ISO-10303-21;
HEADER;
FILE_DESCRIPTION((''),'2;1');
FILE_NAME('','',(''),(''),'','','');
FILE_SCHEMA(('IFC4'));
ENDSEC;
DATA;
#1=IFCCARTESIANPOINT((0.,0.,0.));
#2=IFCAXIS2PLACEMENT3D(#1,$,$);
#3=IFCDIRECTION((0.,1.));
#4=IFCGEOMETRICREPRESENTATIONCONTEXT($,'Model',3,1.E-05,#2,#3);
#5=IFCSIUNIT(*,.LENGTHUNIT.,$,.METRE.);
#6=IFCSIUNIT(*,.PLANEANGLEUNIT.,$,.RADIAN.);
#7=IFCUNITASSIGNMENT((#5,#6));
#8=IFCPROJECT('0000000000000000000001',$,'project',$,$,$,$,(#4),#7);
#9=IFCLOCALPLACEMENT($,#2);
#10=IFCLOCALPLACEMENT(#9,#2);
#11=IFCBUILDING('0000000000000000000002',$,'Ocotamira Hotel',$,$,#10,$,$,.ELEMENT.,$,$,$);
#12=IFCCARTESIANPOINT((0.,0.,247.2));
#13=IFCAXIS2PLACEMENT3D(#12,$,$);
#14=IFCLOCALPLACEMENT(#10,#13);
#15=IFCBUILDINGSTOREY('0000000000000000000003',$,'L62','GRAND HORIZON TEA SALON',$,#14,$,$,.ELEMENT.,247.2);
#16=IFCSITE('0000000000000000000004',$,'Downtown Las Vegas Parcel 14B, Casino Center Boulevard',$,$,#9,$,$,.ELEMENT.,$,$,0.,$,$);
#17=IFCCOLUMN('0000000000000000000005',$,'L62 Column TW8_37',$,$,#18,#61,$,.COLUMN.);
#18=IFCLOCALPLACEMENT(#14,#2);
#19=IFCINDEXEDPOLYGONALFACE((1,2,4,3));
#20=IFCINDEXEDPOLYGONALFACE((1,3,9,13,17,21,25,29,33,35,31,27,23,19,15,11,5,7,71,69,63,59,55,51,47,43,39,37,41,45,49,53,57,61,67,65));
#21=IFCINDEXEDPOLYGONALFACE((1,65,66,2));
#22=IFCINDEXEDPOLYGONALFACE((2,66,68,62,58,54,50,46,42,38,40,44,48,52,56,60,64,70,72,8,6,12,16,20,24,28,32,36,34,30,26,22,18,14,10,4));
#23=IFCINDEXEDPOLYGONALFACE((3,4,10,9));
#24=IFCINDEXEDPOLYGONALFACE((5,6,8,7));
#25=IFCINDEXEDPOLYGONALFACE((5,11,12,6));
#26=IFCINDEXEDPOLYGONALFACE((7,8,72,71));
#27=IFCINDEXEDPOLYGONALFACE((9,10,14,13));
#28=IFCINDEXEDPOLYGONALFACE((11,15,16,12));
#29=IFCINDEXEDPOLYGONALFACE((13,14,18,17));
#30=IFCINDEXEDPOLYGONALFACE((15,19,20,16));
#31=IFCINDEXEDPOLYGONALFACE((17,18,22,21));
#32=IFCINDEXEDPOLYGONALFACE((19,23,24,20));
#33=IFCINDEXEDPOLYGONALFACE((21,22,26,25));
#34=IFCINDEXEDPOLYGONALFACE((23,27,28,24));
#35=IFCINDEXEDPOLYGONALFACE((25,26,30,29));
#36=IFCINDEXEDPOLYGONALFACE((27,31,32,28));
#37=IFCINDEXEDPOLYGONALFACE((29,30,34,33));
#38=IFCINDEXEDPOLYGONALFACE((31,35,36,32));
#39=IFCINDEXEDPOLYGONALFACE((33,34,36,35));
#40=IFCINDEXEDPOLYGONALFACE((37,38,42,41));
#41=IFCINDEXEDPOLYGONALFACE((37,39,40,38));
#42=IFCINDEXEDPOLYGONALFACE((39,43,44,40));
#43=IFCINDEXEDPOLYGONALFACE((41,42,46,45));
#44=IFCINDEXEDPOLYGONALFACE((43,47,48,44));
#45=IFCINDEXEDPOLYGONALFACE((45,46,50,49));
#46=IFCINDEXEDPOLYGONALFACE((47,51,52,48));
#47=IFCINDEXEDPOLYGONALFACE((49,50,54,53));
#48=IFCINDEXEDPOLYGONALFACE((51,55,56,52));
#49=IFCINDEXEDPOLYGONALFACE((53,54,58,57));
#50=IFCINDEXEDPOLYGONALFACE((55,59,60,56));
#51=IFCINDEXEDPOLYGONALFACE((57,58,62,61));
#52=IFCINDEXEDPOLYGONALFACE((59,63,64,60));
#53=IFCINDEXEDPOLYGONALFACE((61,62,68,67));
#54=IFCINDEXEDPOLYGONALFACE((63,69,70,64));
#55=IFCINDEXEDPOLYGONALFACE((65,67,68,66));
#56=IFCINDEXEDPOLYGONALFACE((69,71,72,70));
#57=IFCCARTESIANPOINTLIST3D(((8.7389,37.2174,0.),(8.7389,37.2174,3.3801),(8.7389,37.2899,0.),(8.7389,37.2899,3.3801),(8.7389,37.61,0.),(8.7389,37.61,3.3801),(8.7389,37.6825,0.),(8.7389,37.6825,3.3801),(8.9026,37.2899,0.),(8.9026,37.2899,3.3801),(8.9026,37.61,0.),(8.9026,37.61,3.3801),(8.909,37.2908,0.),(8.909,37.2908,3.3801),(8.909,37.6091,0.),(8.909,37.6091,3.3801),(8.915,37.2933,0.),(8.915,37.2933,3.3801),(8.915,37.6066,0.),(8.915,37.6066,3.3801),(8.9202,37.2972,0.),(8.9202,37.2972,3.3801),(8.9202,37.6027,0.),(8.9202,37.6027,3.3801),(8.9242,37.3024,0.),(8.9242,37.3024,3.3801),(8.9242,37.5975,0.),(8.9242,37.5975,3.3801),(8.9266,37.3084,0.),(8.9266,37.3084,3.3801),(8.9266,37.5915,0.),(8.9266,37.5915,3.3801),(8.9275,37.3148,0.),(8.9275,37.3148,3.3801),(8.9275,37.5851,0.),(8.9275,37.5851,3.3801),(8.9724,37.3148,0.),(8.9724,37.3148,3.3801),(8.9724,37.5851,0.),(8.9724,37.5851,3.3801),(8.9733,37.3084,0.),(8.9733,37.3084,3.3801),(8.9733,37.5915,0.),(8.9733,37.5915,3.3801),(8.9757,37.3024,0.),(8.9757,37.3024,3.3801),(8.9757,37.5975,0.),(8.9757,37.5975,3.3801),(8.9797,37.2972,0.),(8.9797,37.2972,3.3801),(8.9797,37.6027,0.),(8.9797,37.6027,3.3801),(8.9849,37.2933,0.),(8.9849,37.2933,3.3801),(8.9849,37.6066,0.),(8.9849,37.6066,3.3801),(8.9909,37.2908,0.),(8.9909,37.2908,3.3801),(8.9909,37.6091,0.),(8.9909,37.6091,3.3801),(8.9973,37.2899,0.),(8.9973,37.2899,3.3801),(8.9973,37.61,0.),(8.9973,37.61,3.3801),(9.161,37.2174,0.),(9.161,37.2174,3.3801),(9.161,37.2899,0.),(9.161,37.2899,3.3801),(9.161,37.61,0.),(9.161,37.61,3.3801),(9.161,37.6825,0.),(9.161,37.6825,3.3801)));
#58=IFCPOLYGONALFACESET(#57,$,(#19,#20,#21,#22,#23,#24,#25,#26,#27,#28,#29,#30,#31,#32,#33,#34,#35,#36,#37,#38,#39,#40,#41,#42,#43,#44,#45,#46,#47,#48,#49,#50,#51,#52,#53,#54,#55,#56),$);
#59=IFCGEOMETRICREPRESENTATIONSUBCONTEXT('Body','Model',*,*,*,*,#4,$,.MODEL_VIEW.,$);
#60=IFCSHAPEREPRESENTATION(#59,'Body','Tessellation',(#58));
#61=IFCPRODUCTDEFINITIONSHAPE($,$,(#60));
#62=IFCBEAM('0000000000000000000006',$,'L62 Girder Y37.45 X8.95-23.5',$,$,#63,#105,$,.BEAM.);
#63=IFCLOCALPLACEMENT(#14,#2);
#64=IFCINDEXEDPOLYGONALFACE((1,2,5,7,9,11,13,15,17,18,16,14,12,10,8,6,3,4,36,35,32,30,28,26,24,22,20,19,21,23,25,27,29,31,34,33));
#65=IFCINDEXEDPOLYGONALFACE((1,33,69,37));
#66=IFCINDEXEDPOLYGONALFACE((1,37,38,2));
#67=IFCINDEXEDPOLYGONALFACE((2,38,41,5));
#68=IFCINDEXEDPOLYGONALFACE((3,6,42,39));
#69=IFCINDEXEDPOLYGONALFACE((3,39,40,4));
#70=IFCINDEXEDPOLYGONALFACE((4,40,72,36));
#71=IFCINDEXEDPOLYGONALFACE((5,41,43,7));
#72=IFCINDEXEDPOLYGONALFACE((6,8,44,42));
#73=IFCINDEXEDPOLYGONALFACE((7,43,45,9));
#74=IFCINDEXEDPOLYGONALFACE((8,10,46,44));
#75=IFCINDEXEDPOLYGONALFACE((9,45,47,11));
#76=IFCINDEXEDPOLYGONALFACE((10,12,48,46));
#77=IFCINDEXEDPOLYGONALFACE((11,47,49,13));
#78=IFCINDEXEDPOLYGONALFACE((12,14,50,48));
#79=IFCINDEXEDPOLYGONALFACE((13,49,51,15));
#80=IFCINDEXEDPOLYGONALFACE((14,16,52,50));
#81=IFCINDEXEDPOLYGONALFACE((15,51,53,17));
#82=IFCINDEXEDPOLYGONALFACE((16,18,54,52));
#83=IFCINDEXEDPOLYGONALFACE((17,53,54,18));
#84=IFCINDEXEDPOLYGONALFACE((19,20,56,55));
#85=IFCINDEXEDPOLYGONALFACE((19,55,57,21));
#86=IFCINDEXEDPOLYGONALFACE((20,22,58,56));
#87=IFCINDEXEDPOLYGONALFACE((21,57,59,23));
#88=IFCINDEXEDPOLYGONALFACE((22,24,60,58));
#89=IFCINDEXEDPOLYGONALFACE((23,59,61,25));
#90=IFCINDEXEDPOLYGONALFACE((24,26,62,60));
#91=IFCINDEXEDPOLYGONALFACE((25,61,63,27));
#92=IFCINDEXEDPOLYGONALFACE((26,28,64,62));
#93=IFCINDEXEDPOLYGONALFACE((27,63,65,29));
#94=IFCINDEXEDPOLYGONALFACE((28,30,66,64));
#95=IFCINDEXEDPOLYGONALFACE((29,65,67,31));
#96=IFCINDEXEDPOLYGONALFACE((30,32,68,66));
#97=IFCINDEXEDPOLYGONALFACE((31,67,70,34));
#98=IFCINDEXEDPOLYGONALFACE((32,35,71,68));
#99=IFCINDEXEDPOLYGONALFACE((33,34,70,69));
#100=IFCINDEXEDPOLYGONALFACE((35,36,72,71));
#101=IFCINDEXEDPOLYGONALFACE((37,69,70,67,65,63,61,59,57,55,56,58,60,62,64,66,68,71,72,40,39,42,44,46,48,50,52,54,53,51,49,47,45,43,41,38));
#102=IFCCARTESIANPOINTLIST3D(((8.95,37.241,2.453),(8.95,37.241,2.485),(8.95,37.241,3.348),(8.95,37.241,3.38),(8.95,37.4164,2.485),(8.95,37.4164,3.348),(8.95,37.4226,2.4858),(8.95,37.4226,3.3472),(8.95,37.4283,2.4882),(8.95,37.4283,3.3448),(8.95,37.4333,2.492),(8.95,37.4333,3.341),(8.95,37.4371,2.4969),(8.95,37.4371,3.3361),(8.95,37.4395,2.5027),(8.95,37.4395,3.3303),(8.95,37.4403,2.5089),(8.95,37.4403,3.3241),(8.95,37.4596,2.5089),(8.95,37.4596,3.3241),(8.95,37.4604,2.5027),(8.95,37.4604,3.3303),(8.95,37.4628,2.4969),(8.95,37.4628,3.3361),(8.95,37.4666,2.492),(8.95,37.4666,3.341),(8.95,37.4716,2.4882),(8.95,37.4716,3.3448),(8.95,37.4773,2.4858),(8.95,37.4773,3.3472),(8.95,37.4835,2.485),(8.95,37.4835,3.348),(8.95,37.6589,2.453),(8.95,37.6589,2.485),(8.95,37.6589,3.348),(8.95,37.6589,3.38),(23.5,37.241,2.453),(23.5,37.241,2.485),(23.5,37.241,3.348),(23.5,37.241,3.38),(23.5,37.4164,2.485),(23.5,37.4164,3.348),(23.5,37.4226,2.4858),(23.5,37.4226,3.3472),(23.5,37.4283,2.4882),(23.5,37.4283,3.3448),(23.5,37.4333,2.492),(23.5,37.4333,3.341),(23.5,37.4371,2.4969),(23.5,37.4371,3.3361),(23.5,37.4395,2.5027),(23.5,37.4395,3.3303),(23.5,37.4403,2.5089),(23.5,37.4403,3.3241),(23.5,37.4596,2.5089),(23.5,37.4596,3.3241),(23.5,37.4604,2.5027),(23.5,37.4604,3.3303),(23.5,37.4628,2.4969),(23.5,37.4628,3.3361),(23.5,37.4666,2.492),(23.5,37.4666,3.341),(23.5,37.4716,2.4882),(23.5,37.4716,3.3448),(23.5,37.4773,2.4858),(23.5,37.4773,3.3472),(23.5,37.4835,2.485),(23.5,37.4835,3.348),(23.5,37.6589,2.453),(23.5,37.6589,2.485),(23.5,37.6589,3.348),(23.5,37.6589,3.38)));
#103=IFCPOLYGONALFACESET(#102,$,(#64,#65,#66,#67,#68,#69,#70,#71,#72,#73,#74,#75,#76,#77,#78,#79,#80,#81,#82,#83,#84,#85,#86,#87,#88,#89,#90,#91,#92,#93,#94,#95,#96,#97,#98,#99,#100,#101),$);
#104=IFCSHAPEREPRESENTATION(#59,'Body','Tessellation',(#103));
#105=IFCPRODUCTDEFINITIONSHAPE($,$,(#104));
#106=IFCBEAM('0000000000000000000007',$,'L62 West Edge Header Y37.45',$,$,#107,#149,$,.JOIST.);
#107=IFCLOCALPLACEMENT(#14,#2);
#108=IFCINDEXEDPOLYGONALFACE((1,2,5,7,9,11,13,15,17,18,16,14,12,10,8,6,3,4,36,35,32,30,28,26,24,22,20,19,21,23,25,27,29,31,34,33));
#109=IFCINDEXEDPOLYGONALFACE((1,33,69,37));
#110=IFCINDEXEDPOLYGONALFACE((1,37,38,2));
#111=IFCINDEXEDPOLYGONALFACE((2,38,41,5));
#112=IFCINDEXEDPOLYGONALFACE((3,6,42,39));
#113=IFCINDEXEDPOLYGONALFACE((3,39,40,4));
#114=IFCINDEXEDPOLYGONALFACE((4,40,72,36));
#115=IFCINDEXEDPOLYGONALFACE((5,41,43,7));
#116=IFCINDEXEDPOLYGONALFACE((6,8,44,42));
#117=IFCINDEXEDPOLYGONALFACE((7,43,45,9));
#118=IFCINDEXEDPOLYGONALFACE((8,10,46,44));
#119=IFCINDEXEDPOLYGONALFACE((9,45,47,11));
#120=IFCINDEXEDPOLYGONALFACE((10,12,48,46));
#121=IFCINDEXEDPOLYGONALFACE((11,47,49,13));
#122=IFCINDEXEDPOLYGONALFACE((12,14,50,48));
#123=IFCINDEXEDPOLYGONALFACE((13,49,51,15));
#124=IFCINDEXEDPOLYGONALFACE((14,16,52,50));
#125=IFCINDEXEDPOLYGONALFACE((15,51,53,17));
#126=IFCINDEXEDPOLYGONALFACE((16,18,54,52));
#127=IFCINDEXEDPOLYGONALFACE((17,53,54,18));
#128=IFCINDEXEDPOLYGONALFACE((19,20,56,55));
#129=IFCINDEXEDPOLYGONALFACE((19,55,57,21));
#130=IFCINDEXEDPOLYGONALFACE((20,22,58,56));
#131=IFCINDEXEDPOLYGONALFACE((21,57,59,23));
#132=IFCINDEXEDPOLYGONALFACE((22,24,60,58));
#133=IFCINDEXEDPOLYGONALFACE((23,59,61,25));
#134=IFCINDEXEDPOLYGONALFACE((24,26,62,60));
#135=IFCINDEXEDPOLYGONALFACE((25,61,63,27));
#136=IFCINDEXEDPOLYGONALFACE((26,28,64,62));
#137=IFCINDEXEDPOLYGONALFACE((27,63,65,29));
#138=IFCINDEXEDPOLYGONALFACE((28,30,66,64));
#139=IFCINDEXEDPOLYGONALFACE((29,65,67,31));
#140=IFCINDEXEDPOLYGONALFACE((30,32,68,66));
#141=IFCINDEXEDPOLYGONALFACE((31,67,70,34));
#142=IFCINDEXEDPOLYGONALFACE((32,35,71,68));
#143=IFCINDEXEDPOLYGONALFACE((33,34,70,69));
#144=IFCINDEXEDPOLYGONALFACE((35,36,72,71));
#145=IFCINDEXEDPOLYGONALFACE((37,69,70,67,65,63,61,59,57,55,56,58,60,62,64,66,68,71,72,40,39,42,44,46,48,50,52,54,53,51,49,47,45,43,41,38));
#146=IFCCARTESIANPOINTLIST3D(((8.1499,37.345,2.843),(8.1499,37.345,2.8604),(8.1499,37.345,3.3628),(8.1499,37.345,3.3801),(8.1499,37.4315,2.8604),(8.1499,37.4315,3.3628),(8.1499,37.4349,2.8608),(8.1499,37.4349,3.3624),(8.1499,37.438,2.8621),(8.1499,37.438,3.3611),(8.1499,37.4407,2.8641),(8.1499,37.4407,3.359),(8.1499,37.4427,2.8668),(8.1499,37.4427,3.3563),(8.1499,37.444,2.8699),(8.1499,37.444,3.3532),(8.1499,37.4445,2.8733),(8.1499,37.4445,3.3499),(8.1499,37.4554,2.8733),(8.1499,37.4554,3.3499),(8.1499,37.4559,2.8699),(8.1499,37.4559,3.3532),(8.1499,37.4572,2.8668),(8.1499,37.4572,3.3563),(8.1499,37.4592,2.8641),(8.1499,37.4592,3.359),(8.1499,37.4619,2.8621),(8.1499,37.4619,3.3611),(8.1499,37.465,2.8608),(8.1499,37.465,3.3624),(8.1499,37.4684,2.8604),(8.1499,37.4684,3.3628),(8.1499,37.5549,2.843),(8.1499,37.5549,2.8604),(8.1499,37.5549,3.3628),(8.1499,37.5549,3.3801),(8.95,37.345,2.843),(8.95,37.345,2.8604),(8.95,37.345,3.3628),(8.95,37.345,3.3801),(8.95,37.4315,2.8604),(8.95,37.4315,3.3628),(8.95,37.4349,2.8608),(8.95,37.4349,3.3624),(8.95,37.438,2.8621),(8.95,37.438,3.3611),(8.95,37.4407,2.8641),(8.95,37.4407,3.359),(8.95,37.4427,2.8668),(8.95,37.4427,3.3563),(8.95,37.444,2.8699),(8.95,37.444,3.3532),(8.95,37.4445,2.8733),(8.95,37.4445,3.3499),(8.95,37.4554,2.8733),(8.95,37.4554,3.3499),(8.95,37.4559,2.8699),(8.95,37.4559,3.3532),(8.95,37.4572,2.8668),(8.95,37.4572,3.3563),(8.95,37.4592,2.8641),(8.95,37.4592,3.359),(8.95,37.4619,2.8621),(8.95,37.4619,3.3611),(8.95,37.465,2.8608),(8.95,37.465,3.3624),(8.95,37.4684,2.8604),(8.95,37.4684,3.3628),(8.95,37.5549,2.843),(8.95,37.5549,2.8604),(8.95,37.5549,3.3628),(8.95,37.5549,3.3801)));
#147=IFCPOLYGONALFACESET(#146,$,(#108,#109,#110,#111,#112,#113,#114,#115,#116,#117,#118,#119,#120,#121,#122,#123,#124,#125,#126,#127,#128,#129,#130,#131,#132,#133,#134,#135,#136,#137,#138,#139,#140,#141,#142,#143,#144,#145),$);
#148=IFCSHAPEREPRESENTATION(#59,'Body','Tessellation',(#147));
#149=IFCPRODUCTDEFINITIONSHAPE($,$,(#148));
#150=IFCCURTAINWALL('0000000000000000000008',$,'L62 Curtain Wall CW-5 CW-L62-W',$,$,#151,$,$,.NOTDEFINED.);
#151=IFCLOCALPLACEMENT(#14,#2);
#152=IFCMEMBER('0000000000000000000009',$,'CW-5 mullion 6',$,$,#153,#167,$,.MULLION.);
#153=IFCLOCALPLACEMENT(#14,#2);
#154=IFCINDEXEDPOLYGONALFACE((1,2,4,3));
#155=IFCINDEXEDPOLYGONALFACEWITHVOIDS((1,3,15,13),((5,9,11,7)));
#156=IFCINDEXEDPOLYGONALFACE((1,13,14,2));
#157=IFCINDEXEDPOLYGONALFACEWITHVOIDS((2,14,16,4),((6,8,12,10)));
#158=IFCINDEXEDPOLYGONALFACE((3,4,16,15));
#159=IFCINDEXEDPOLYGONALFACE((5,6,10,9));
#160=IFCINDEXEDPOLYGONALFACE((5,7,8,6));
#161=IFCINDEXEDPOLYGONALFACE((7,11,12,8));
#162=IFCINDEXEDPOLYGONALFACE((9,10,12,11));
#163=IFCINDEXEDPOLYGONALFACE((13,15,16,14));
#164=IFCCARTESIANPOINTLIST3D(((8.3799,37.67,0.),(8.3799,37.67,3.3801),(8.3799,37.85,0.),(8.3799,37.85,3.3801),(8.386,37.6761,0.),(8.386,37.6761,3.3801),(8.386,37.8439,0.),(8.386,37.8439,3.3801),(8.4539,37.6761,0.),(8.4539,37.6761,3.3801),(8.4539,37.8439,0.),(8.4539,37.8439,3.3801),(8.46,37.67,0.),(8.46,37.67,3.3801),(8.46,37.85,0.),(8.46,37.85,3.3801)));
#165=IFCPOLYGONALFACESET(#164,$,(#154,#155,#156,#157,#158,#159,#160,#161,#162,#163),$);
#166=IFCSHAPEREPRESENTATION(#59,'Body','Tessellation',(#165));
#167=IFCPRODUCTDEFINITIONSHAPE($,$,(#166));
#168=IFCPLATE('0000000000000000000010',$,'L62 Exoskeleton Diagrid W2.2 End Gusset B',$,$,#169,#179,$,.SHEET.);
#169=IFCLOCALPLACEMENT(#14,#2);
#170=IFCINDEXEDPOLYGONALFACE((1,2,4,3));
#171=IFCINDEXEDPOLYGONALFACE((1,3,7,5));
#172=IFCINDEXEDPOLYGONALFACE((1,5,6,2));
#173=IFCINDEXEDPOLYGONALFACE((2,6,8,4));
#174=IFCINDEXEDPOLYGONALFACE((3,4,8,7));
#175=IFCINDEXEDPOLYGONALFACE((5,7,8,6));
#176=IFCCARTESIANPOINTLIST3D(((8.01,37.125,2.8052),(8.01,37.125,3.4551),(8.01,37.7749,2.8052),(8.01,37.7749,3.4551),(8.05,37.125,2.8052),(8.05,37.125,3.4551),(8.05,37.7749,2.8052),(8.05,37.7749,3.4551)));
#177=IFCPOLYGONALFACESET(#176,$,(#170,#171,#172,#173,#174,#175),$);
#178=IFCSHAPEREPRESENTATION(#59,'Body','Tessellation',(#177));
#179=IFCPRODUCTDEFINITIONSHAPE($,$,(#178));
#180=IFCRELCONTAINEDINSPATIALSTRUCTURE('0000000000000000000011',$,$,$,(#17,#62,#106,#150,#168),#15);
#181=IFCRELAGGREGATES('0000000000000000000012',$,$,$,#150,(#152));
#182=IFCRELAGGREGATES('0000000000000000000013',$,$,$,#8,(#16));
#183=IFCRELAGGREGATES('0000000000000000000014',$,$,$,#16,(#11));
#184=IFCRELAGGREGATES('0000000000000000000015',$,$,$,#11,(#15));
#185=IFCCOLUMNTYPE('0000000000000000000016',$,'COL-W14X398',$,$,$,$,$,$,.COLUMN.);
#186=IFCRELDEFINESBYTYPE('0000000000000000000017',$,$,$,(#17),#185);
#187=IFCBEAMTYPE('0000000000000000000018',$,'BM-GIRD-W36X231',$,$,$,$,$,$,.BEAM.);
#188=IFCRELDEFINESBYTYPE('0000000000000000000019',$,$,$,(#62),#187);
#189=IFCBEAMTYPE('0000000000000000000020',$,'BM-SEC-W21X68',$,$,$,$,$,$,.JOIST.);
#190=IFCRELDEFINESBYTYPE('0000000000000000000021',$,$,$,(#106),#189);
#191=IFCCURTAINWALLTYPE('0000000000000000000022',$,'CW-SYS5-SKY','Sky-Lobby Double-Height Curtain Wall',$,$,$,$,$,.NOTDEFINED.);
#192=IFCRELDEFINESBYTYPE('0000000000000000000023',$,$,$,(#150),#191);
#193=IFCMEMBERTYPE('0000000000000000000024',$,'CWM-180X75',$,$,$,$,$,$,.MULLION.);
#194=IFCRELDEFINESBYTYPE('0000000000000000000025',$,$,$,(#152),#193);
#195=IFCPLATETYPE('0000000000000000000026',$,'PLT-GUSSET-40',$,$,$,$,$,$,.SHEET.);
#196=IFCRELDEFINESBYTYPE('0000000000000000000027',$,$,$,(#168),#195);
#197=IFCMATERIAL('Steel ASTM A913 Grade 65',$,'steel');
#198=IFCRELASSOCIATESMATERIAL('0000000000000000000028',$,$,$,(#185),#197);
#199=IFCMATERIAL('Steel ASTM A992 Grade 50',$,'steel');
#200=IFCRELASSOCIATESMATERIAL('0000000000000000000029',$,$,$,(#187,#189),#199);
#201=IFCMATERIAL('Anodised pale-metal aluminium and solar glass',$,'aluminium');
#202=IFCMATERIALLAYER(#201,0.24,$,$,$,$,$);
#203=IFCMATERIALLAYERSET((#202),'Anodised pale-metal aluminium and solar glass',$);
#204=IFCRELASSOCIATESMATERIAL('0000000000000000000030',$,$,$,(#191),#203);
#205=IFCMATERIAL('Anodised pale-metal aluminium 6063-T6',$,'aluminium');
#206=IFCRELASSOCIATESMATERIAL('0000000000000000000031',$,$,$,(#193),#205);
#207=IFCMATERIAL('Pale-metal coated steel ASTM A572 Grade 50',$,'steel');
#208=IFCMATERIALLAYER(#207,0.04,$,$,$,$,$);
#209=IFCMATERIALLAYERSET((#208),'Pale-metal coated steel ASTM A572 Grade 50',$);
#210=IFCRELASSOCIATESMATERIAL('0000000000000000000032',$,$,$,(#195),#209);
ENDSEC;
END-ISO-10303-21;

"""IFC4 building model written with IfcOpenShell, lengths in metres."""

from ifc_helpers import new_model, si_unit, direction, frame, origin, origin_2d, place, context, subcontext, project, spatial, rectangle, hollow_rectangle, i_section, extrude, source, transform, mapped, material, layer, layer_set, material_profile, profile_set, type_object, element, aggregate, save


model = new_model("IFC4")

# Units and contexts
model_context = context("Model", 3, precision=1e-05, world=origin(), true_north=direction((0.0, 1.0)))
body_context = subcontext(model_context, "Body", "Model", "MODEL_VIEW")
ifc_project = project(units=[si_unit("LENGTHUNIT", "METRE"), si_unit("PLANEANGLEUNIT", "RADIAN")], contexts=[model_context])

# Site, building, storey
site_placement = place(None, origin())
site = spatial("IfcSite", under=ifc_project, at=site_placement, Name="Downtown Las Vegas Parcel 14B, Casino Center Boulevard", CompositionType="ELEMENT", RefElevation=0.0)
building_placement = place(site_placement, origin())
building = spatial("IfcBuilding", under=site, at=building_placement, Name="Ocotamira Hotel", CompositionType="ELEMENT")
storey_placement = place(building_placement, frame((0.0, 0.0, 247.2)))
storey = spatial("IfcBuildingStorey", under=building, at=storey_placement, Name="L62", Description="GRAND HORIZON TEA SALON", CompositionType="ELEMENT", Elevation=247.2)

# Column
ifc_material_1 = material(Name="Steel ASTM A913 Grade 65", Category="steel")
ifc_material_profile_1 = material_profile(ifc_material_1, i_section(OverallWidth=0.4221, OverallDepth=0.4651, WebThickness=0.0449, FlangeThickness=0.0725, FilletRadius=0.0249, at=origin_2d()), Name="W14X398")
ifc_profile_set_1 = profile_set([ifc_material_profile_1], Name="Steel ASTM A913 Grade 65")
column_type = type_object("IfcColumnType", Name="COL-W14X398", PredefinedType="COLUMN", material=ifc_profile_set_1)
shared_shape_1 = source(origin(), body_context, "Body", "SweptSolid", [
    extrude(i_section(OverallWidth=0.4221, OverallDepth=0.4651, WebThickness=0.0449, FlangeThickness=0.0725, FilletRadius=0.0249, at=origin_2d()), origin(), (0.0, 0.0, 1.0), 3.3801),
])
column_placement = place(storey_placement, frame((8.95, 37.45, 0.0), z_axis=(0.0, 0.0, 1.0), x_axis=(1.0, 0.0, 0.0)))
element("IfcColumn", 1, at=column_placement, inside=storey, type_object=column_type, Name="L62 Column TW8_37", PredefinedType="COLUMN", context=body_context, shape_type="MappedRepresentation", body=[
    mapped(shared_shape_1, transform((0.0, 0.0, 0.0), scale=1.0)),
])

# Beams
ifc_material_2 = material(Name="Steel ASTM A992 Grade 50", Category="steel")
ifc_material_profile_2 = material_profile(ifc_material_2, i_section(OverallWidth=0.418, OverallDepth=0.927, WebThickness=0.0193, FlangeThickness=0.032, FilletRadius=0.0239, at=origin_2d()), Name="W36X231")
ifc_profile_set_2 = profile_set([ifc_material_profile_2], Name="Steel ASTM A992 Grade 50")
beam_type_1 = type_object("IfcBeamType", Name="BM-GIRD-W36X231", PredefinedType="BEAM", material=ifc_profile_set_2)
shared_shape_2 = source(origin(), body_context, "Body", "SweptSolid", [
    extrude(i_section(OverallWidth=0.418, OverallDepth=0.927, WebThickness=0.0193, FlangeThickness=0.032, FilletRadius=0.0239, at=origin_2d()), origin(), (0.0, 0.0, 1.0), 14.55),
])
beam_1_placement = place(storey_placement, frame((8.95, 37.45, 2.9165), z_axis=(1.0, 0.0, 0.0), x_axis=(0.0, 1.0, 0.0)))
element("IfcBeam", 2, at=beam_1_placement, inside=storey, type_object=beam_type_1, Name="L62 Girder Y37.45 X8.95-23.5", PredefinedType="BEAM", context=body_context, shape_type="MappedRepresentation", body=[
    mapped(shared_shape_2, transform((0.0, 0.0, 0.0), scale=1.0)),
])
ifc_material_profile_3 = material_profile(ifc_material_2, i_section(OverallWidth=0.21, OverallDepth=0.5371, WebThickness=0.011, FlangeThickness=0.0173, FilletRadius=0.0129, at=origin_2d()), Name="W21X68")
ifc_profile_set_3 = profile_set([ifc_material_profile_3], Name="Steel ASTM A992 Grade 50")
beam_type_2 = type_object("IfcBeamType", Name="BM-SEC-W21X68", PredefinedType="JOIST", material=ifc_profile_set_3)
shared_shape_3 = source(origin(), body_context, "Body", "SweptSolid", [
    extrude(i_section(OverallWidth=0.21, OverallDepth=0.5371, WebThickness=0.011, FlangeThickness=0.0173, FilletRadius=0.0129, at=origin_2d()), origin(), (0.0, 0.0, 1.0), 0.8),
])
beam_2_placement = place(storey_placement, frame((8.95, 37.45, 3.1116), z_axis=(-1.0, 0.0, 0.0), x_axis=(0.0, -1.0, 0.0)))
element("IfcBeam", 3, at=beam_2_placement, inside=storey, type_object=beam_type_2, Name="L62 West Edge Header Y37.45", PredefinedType="JOIST", context=body_context, shape_type="MappedRepresentation", body=[
    mapped(shared_shape_3, transform((0.0, 0.0, 0.0), scale=1.0)),
])

# Curtain wall, member
ifc_material_3 = material(Name="Anodised pale-metal aluminium and solar glass", Category="aluminium")
ifc_layer_1 = layer(ifc_material_3, 0.24)
ifc_layer_set_1 = layer_set([ifc_layer_1], Name="Anodised pale-metal aluminium and solar glass")
curtain_wall_type = type_object("IfcCurtainWallType", Name="CW-SYS5-SKY", Description="Sky-Lobby Double-Height Curtain Wall", PredefinedType="NOTDEFINED", material=ifc_layer_set_1)
curtain_wall_placement = place(storey_placement, origin())
curtain_wall = element("IfcCurtainWall", 4, at=curtain_wall_placement, inside=storey, type_object=curtain_wall_type, Name="L62 Curtain Wall CW-5 CW-L62-W", PredefinedType="NOTDEFINED")
ifc_material_4 = material(Name="Anodised pale-metal aluminium 6063-T6", Category="aluminium")
ifc_material_profile_4 = material_profile(ifc_material_4, hollow_rectangle(XDim=0.0801, YDim=0.1799, WallThickness=0.0061, at=origin_2d()), Name="HSS180X80X6")
ifc_profile_set_4 = profile_set([ifc_material_profile_4], Name="Anodised pale-metal aluminium 6063-T6")
member_type = type_object("IfcMemberType", Name="CWM-180X75", PredefinedType="MULLION", material=ifc_profile_set_4)
shared_shape_4 = source(origin(), body_context, "Body", "SweptSolid", [
    extrude(hollow_rectangle(XDim=0.0801, YDim=0.1799, WallThickness=0.0061, at=origin_2d()), origin(), (0.0, 0.0, 1.0), 3.3801),
])
member_placement = place(storey_placement, frame((8.4199, 37.76, 0.0), z_axis=(0.0, 0.0, 1.0), x_axis=(-1.0, 0.0, 0.0)))
member = element("IfcMember", 5, at=member_placement, type_object=member_type, Name="CW-5 mullion 6", PredefinedType="MULLION", context=body_context, shape_type="MappedRepresentation", body=[
    mapped(shared_shape_4, transform((0.0, 0.0, 0.0), scale=1.0)),
])

# Plate
ifc_material_5 = material(Name="Pale-metal coated steel ASTM A572 Grade 50", Category="steel")
ifc_layer_2 = layer(ifc_material_5, 0.04)
ifc_layer_set_2 = layer_set([ifc_layer_2], Name="Pale-metal coated steel ASTM A572 Grade 50")
plate_type_1 = type_object("IfcPlateType", Name="PLT-GUSSET-40", PredefinedType="SHEET", material=ifc_layer_set_2)
shared_shape_5 = source(origin(), body_context, "Body", "SweptSolid", [
    extrude(rectangle(XDim=0.04, YDim=0.6499, at=origin_2d()), origin(), (0.0, 0.0, 1.0), 0.6499),
])
plate_1_placement = place(storey_placement, frame((8.03, 37.45, 2.8052), z_axis=(0.0, 0.0, 1.0), x_axis=(1.0, 0.0, 0.0)))
element("IfcPlate", 6, at=plate_1_placement, inside=storey, type_object=plate_type_1, Name="L62 Exoskeleton Diagrid W2.2 End Gusset B", PredefinedType="SHEET", context=body_context, shape_type="MappedRepresentation", body=[
    mapped(shared_shape_5, transform((0.0, 0.0, 0.0), scale=1.0)),
])
aggregate(curtain_wall, [member])

save(model, "model.ifc")
